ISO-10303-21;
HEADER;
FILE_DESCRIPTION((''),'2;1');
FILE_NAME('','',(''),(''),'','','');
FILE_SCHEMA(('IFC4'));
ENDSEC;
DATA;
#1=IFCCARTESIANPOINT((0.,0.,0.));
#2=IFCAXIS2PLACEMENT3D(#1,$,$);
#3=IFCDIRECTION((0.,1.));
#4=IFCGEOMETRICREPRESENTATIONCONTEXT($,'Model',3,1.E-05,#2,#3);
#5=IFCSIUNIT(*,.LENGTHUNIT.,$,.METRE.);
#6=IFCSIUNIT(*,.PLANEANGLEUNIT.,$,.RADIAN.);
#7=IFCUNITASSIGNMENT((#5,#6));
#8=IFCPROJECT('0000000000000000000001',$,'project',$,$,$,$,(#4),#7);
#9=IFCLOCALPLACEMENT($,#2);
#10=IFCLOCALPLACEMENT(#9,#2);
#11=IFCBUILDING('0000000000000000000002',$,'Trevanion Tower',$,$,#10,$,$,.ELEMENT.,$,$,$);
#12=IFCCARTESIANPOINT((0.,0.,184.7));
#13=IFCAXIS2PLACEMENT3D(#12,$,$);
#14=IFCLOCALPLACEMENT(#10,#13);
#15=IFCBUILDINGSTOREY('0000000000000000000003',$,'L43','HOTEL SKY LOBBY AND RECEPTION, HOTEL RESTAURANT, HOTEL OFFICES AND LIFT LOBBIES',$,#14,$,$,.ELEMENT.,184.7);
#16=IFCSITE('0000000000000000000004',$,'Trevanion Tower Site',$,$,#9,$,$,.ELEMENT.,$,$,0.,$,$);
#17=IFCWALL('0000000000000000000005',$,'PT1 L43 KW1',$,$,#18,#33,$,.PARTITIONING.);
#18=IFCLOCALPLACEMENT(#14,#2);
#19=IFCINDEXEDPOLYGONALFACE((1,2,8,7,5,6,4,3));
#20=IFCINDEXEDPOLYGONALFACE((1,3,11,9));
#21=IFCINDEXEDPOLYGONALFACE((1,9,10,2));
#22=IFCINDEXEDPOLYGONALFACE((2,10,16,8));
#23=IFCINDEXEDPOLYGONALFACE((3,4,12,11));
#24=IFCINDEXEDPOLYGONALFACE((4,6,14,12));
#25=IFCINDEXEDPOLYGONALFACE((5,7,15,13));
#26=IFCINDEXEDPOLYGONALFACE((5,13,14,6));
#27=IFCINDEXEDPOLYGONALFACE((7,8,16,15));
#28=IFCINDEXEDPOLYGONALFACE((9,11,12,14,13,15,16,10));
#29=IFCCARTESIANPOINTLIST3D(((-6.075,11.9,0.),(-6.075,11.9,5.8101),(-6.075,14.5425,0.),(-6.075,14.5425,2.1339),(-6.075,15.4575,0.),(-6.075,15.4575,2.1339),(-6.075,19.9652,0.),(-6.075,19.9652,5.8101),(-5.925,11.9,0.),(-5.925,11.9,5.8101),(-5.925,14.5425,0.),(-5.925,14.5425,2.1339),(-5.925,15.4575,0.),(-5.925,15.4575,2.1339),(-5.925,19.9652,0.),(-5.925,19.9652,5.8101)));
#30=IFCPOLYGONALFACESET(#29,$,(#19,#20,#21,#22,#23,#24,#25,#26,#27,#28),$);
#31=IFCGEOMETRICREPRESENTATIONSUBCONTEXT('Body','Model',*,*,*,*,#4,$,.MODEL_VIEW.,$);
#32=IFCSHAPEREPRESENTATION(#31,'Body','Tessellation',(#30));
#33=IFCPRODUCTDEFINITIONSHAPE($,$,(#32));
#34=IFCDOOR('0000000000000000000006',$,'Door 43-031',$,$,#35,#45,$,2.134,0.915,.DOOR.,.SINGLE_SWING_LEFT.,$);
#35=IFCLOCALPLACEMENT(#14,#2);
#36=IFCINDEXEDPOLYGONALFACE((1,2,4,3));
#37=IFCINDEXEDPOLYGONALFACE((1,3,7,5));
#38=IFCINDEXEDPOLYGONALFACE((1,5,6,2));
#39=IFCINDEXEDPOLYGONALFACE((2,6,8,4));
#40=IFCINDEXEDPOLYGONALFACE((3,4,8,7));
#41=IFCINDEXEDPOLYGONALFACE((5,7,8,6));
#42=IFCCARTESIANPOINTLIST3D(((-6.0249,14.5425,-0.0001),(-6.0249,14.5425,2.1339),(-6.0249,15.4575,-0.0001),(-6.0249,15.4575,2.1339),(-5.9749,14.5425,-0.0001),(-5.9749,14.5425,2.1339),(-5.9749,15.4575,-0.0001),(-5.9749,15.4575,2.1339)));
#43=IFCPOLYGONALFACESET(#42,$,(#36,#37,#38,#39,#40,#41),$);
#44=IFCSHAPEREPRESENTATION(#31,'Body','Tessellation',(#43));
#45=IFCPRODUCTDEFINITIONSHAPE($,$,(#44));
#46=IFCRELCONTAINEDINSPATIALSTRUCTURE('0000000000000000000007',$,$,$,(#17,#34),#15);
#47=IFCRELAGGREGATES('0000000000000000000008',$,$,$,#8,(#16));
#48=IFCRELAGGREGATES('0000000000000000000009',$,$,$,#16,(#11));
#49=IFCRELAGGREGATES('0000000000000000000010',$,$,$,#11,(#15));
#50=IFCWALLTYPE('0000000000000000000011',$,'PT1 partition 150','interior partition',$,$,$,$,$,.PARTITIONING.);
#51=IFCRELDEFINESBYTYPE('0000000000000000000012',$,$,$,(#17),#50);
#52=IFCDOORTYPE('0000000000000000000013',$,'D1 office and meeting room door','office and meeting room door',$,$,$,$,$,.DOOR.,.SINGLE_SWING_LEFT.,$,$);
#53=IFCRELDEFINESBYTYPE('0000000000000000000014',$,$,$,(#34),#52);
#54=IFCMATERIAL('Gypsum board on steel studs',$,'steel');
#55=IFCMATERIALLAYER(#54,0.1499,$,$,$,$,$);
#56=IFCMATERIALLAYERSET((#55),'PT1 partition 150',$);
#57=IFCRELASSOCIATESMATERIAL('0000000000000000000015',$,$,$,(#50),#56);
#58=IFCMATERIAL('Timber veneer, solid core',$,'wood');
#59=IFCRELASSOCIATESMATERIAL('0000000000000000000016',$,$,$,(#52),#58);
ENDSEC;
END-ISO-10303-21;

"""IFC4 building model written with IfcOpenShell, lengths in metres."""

from ifc_helpers import new_model, si_unit, direction, frame, frame_2d, origin, place, context, subcontext, project, spatial, rectangle, extrude, material, layer, layer_set, type_object, element, fill, save


model = new_model("IFC4")

# Units and contexts
model_context = context("Model", 3, precision=1e-05, world=origin(), true_north=direction((0.0, 1.0)))
body_context = subcontext(model_context, "Body", "Model", "MODEL_VIEW")
ifc_project = project(units=[si_unit("LENGTHUNIT", "METRE"), si_unit("PLANEANGLEUNIT", "RADIAN")], contexts=[model_context])

# Site, building, storey
site_placement = place(None, origin())
site = spatial("IfcSite", under=ifc_project, at=site_placement, Name="Trevanion Tower Site", CompositionType="ELEMENT", RefElevation=0.0)
building_placement = place(site_placement, origin())
building = spatial("IfcBuilding", under=site, at=building_placement, Name="Trevanion Tower", CompositionType="ELEMENT")
storey_placement = place(building_placement, frame((0.0, 0.0, 184.7)))
storey = spatial("IfcBuildingStorey", under=building, at=storey_placement, Name="L43", Description="HOTEL SKY LOBBY AND RECEPTION, HOTEL RESTAURANT, HOTEL OFFICES AND LIFT LOBBIES", CompositionType="ELEMENT", Elevation=184.7)

# Wall, opening, door
ifc_material_1 = material(Name="Gypsum board on steel studs", Category="steel")
ifc_layer_1 = layer(ifc_material_1, 0.1499)
ifc_layer_set_1 = layer_set([ifc_layer_1], Name="PT1 partition 150")
wall_type = type_object("IfcWallType", Name="PT1 partition 150", Description="interior partition", PredefinedType="PARTITIONING", material=ifc_layer_set_1)
wall_placement = place(storey_placement, frame((-6.0, 11.8999, 0.0), z_axis=(0.0, 0.0, 1.0), x_axis=(0.0, 1.0, 0.0)))
wall = element("IfcWall", 1, at=wall_placement, inside=storey, type_object=wall_type, Name="PT1 L43 KW1", PredefinedType="PARTITIONING", context=body_context, shape_type="SweptSolid", body=[
    extrude(rectangle(XDim=8.0652, YDim=0.1499, at=frame_2d((4.0327, 0.0))), origin(), (0.0, 0.0, 1.0), 5.8101),
])
opening_placement = place(wall_placement, frame((2.6426, 0.0, 0.0)))
opening = element("IfcOpeningElement", 2, at=opening_placement, cuts=wall, PredefinedType="OPENING", context=body_context, shape_type="SweptSolid", body=[
    extrude(rectangle(XDim=0.915, YDim=2.134, at=frame_2d((0.4575, 1.0669))), frame((0.0, 0.085, 0.0), z_axis=(0.0, -1.0, 0.0), x_axis=(1.0, 0.0, 0.0)), (0.0, 0.0, 1.0), 0.1699),
])
ifc_material_2 = material(Name="Timber veneer, solid core", Category="wood")
door_type = type_object("IfcDoorType", Name="D1 office and meeting room door", Description="office and meeting room door", OperationType="SINGLE_SWING_LEFT", PredefinedType="DOOR", material=ifc_material_2)
door_placement = place(opening_placement, origin())
door = element("IfcDoor", 3, at=door_placement, inside=storey, type_object=door_type, Name="Door 43-031", OperationType="SINGLE_SWING_LEFT", OverallHeight=2.134, OverallWidth=0.915, PredefinedType="DOOR", context=body_context, shape_type="SweptSolid", body=[
    extrude(rectangle(XDim=0.915, YDim=2.134, at=frame_2d((0.4575, 1.0669))), frame((0.0, 0.0249, 0.0), z_axis=(0.0, -1.0, 0.0), x_axis=(1.0, 0.0, 0.0)), (0.0, 0.0, 1.0), 0.05),
])
fill(opening, door)

save(model, "model.ifc")
